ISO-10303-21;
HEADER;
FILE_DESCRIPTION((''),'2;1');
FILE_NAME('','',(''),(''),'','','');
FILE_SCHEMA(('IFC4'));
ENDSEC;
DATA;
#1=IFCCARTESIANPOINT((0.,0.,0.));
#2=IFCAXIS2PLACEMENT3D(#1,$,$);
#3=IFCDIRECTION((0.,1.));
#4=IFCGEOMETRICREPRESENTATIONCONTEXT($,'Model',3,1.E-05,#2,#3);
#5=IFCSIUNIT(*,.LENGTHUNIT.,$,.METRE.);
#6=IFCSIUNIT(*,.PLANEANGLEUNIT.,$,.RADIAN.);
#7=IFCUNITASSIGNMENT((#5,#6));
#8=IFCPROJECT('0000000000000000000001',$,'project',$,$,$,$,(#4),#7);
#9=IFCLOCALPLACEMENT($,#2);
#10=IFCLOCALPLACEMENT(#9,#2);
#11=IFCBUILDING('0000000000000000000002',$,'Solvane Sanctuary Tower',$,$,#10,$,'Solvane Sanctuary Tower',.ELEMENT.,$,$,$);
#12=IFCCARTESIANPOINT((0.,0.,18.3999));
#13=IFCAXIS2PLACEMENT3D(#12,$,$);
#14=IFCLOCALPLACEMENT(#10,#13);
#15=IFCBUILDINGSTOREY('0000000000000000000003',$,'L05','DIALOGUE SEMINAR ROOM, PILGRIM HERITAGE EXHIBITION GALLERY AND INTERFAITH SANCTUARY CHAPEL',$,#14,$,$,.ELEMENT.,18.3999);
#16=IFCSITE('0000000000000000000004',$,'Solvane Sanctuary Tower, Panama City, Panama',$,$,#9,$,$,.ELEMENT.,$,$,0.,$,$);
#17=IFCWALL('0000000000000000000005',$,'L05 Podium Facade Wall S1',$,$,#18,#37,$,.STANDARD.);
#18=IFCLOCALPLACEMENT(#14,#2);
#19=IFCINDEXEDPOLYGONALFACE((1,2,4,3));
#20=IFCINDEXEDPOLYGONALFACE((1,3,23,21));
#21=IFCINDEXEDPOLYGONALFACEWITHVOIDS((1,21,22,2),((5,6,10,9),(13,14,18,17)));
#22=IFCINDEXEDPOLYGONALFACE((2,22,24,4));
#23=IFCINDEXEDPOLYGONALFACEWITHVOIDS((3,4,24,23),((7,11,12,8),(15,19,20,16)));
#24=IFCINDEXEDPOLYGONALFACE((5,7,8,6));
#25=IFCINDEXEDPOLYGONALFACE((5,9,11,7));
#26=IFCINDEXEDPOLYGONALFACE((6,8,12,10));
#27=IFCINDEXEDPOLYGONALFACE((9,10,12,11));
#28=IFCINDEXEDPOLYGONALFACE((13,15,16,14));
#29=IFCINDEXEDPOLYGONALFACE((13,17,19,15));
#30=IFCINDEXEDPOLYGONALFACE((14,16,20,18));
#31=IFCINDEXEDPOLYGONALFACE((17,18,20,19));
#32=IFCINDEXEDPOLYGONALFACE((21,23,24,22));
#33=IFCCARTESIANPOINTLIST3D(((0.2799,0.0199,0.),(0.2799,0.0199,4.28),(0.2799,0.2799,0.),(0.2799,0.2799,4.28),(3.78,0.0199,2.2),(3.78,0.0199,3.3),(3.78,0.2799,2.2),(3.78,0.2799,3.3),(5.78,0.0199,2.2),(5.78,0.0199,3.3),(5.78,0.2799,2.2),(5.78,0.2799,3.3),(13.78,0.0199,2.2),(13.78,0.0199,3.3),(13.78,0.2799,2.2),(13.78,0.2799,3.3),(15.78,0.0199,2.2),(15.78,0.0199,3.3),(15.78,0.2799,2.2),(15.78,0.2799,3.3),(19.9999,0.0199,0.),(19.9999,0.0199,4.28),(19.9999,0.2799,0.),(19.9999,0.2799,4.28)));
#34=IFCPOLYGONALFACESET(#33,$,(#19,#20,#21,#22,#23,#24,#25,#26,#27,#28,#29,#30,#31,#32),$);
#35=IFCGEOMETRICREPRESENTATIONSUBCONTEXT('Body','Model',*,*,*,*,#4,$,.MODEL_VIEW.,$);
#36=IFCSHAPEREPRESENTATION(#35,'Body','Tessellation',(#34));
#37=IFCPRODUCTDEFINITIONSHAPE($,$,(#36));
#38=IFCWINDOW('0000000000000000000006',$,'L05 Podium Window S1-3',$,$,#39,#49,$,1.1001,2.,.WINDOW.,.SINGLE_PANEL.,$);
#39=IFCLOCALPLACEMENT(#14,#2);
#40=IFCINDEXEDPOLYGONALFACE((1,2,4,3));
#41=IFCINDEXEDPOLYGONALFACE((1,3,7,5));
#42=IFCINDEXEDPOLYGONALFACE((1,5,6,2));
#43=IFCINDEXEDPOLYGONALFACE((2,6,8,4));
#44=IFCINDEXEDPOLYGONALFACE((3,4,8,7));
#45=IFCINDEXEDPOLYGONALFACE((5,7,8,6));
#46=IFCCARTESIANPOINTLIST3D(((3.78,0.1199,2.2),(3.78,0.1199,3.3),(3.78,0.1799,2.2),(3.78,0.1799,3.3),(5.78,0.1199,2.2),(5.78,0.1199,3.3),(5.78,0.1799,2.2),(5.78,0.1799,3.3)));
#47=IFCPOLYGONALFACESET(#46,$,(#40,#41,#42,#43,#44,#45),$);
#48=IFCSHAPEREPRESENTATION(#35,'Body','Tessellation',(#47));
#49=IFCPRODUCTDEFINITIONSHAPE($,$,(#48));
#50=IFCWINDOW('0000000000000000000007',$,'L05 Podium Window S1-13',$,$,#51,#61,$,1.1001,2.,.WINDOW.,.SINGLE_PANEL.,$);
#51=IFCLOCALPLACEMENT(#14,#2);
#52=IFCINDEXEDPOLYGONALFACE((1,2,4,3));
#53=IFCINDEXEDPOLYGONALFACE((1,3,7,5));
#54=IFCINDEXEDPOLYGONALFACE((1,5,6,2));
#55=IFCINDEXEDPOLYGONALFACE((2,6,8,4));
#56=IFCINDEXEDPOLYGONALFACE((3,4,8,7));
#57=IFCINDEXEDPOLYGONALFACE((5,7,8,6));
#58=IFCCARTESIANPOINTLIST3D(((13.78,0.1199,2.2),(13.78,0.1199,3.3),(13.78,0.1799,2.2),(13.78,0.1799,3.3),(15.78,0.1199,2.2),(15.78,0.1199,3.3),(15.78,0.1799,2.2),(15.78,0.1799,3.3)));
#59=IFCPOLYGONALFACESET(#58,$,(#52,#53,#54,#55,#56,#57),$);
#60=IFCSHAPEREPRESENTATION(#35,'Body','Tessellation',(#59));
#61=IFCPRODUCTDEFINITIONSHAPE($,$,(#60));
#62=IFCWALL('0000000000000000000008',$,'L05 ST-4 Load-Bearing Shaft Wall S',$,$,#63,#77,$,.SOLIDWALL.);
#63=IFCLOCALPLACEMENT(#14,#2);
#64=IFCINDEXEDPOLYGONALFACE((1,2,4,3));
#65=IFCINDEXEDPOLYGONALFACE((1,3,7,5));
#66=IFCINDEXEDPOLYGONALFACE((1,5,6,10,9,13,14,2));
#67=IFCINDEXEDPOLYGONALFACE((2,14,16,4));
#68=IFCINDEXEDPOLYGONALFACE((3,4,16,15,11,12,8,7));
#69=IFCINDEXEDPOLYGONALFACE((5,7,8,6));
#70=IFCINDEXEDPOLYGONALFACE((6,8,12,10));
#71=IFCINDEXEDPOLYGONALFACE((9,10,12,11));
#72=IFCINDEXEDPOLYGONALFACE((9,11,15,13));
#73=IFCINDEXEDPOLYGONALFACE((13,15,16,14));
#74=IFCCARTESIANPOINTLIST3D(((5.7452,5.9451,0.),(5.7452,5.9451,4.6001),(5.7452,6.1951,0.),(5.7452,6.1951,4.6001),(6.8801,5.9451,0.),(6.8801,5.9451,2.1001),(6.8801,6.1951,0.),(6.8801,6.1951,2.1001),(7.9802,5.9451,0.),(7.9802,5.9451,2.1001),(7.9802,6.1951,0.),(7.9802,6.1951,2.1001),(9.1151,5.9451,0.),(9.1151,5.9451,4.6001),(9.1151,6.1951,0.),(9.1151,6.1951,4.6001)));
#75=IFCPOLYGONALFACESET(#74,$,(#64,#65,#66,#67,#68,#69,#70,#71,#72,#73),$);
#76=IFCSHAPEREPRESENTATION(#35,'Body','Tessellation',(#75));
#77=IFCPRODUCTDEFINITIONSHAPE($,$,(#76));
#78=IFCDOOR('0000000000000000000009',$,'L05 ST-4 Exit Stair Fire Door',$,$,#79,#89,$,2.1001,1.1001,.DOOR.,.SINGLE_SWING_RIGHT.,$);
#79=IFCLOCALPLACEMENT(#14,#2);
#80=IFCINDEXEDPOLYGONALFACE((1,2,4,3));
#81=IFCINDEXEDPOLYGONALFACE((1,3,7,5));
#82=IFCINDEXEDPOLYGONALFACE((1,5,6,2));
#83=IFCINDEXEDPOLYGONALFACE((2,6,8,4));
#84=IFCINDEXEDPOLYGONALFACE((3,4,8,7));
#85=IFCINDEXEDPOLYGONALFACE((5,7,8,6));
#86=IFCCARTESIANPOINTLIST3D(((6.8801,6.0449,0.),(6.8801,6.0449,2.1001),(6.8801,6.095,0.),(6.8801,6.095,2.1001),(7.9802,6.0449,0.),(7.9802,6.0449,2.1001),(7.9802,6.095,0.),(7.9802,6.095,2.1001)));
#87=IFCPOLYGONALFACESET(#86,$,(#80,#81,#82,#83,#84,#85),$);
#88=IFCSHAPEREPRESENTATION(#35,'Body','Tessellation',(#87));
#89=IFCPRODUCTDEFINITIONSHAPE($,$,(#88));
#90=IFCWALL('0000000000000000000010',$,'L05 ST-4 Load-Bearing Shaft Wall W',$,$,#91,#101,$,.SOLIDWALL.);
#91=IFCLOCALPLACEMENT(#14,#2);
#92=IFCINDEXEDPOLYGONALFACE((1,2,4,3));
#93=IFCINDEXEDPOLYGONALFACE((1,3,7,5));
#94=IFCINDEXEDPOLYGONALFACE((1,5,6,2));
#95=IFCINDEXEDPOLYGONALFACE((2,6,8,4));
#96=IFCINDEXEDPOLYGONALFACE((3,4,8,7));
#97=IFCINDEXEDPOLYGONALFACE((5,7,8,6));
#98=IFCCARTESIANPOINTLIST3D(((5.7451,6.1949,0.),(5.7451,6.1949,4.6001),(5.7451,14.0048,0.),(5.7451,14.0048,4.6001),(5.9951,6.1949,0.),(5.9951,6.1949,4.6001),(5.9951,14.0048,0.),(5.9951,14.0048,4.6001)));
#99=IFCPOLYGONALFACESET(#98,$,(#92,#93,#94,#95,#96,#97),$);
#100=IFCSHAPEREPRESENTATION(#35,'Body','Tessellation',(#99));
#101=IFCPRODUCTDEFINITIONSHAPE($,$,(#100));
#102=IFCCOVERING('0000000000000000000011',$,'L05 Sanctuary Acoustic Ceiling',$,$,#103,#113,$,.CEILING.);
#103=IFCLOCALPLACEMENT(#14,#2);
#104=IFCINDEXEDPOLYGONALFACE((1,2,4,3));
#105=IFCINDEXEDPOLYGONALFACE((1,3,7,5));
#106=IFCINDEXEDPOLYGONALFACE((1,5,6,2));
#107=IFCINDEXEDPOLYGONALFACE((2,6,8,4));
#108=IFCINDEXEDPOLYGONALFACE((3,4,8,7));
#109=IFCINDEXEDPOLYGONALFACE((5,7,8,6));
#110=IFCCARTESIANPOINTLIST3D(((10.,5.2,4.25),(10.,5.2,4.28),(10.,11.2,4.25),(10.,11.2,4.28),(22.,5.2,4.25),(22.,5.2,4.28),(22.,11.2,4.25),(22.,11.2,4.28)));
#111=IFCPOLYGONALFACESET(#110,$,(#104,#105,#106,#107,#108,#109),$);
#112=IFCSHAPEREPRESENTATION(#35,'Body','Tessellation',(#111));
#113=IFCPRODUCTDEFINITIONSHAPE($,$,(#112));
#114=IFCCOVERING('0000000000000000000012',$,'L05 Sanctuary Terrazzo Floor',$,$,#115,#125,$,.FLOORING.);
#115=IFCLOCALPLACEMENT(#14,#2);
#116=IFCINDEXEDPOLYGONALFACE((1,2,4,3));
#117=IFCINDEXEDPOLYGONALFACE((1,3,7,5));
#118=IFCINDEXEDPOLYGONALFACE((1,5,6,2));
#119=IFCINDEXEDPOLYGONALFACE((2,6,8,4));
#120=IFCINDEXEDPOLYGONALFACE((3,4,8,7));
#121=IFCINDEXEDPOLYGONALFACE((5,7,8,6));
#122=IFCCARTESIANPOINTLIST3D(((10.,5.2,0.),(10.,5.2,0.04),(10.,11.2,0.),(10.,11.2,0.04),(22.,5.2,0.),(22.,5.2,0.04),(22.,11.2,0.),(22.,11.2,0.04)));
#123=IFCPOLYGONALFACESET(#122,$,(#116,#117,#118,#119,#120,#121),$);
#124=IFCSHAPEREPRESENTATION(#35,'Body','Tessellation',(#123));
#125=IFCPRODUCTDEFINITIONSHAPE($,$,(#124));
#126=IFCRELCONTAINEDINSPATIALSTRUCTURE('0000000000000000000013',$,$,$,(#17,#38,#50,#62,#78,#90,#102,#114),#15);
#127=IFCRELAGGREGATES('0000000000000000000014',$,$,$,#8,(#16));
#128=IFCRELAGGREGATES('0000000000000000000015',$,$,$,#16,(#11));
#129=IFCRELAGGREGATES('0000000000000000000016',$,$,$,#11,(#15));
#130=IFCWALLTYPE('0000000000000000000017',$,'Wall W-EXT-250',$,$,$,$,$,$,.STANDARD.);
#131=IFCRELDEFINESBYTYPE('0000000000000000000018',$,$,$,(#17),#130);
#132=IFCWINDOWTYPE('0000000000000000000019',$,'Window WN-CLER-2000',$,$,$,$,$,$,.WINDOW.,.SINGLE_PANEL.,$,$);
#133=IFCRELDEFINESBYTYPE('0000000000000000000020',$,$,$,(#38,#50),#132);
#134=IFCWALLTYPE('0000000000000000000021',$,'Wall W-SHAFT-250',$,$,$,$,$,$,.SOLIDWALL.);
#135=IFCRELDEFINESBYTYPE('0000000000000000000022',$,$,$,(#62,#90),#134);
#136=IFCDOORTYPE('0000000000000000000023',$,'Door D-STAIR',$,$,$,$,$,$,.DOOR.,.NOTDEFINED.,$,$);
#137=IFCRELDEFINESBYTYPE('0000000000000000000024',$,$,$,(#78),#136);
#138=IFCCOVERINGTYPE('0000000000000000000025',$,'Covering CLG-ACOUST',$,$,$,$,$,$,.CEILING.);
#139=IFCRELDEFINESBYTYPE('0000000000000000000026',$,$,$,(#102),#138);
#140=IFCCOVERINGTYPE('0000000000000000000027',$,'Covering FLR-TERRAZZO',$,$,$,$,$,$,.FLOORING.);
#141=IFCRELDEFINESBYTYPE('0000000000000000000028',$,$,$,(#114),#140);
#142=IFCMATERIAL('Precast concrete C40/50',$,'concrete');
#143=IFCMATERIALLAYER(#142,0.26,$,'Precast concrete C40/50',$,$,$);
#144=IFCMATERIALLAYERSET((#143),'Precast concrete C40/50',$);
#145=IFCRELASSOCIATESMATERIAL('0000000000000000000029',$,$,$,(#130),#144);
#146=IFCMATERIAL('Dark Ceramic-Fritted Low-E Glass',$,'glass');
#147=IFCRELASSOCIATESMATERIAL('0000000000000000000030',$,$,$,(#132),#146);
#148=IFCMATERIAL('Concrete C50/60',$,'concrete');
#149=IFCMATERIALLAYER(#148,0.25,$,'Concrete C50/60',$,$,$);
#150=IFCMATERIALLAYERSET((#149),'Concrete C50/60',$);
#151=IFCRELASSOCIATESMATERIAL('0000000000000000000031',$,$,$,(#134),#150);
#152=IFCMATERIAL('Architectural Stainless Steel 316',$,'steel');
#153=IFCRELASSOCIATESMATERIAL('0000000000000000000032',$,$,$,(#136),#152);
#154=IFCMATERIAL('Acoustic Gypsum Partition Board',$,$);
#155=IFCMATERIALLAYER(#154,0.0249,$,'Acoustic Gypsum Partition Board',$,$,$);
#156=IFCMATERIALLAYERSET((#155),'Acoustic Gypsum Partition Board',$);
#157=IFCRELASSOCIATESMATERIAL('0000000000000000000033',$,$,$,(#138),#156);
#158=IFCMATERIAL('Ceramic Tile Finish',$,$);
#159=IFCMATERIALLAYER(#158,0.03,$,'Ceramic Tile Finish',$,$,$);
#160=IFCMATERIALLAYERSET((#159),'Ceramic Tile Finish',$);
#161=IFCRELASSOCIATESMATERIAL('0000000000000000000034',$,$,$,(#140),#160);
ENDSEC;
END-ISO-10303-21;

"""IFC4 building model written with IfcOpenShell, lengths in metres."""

from ifc_helpers import new_model, si_unit, direction, frame, frame_2d, origin, place, context, subcontext, project, spatial, polyline, rectangle, outline, extrude, material, layer, layer_set, type_object, element, fill, save


model = new_model("IFC4")

# Units and contexts
model_context = context("Model", 3, precision=1e-05, world=origin(), true_north=direction((0.0, 1.0)))
body_context = subcontext(model_context, "Body", "Model", "MODEL_VIEW")
ifc_project = project(units=[si_unit("LENGTHUNIT", "METRE"), si_unit("PLANEANGLEUNIT", "RADIAN")], contexts=[model_context])

# Site, building, storey
site_placement = place(None, origin())
site = spatial("IfcSite", under=ifc_project, at=site_placement, Name="Solvane Sanctuary Tower, Panama City, Panama", CompositionType="ELEMENT", RefElevation=0.0)
building_placement = place(site_placement, origin())
building = spatial("IfcBuilding", under=site, at=building_placement, Name="Solvane Sanctuary Tower", LongName="Solvane Sanctuary Tower", CompositionType="ELEMENT")
storey_placement = place(building_placement, frame((0.0, 0.0, 18.3999)))
storey = spatial("IfcBuildingStorey", under=building, at=storey_placement, Name="L05", Description="DIALOGUE SEMINAR ROOM, PILGRIM HERITAGE EXHIBITION GALLERY AND INTERFAITH SANCTUARY CHAPEL", CompositionType="ELEMENT", Elevation=18.3999)

# Shared definitions
ifc_material_1 = material(Name="Concrete C50/60", Category="concrete")

# Shared definitions
ifc_material_2 = material(Name="Acoustic Gypsum Partition Board")

# Wall, openings, windows
ifc_material_3 = material(Name="Precast concrete C40/50", Category="concrete")
ifc_layer_1 = layer(ifc_material_3, 0.26, Name="Precast concrete C40/50")
ifc_layer_set_1 = layer_set([ifc_layer_1], Name="Precast concrete C40/50")
wall_type_1 = type_object("IfcWallType", Name="Wall W-EXT-250", PredefinedType="STANDARD", material=ifc_layer_set_1)
wall_1_placement = place(storey_placement, frame((0.28, 0.1499, 0.0), z_axis=(0.0, 0.0, 1.0), x_axis=(1.0, 0.0, 0.0)))
wall_1 = element("IfcWall", 1, at=wall_1_placement, inside=storey, type_object=wall_type_1, Name="L05 Podium Facade Wall S1", PredefinedType="STANDARD", context=body_context, shape_type="SweptSolid", body=[
    extrude(rectangle(XDim=19.72, YDim=0.26, at=frame_2d((9.8599, 0.0))), origin(), (0.0, 0.0, 1.0), 4.28),
])
opening_1_placement = place(wall_1_placement, frame((3.5, 0.0, 2.2)))
opening_1 = element("IfcOpeningElement", 2, at=opening_1_placement, cuts=wall_1, PredefinedType="OPENING", context=body_context, shape_type="SweptSolid", body=[
    extrude(rectangle(XDim=2.0, YDim=1.1001, at=frame_2d((1.0, 0.55))), frame((0.0, 0.1399, 0.0), z_axis=(0.0, -1.0, 0.0), x_axis=(1.0, 0.0, 0.0)), (0.0, 0.0, 1.0), 0.28),
])
opening_2_placement = place(wall_1_placement, frame((13.5, 0.0, 2.2)))
opening_2 = element("IfcOpeningElement", 3, at=opening_2_placement, cuts=wall_1, PredefinedType="OPENING", context=body_context, shape_type="SweptSolid", body=[
    extrude(rectangle(XDim=2.0, YDim=1.1001, at=frame_2d((1.0, 0.55))), frame((0.0, 0.1399, 0.0), z_axis=(0.0, -1.0, 0.0), x_axis=(1.0, 0.0, 0.0)), (0.0, 0.0, 1.0), 0.28),
])
ifc_material_4 = material(Name="Dark Ceramic-Fritted Low-E Glass", Category="glass")
window_type = type_object("IfcWindowType", Name="Window WN-CLER-2000", PartitioningType="SINGLE_PANEL", PredefinedType="WINDOW", material=ifc_material_4)
window_1_placement = place(opening_1_placement, origin())
window_1 = element("IfcWindow", 4, at=window_1_placement, inside=storey, type_object=window_type, Name="L05 Podium Window S1-3", OverallHeight=1.1001, OverallWidth=2.0, PartitioningType="SINGLE_PANEL", PredefinedType="WINDOW", context=body_context, shape_type="SweptSolid", body=[
    extrude(rectangle(XDim=2.0, YDim=1.1001, at=frame_2d((1.0, 0.55))), frame((0.0, 0.03, 0.0), z_axis=(0.0, -1.0, 0.0), x_axis=(1.0, 0.0, 0.0)), (0.0, 0.0, 1.0), 0.0601),
])
fill(opening_1, window_1)
window_2_placement = place(opening_2_placement, origin())
window_2 = element("IfcWindow", 5, at=window_2_placement, inside=storey, type_object=window_type, Name="L05 Podium Window S1-13", OverallHeight=1.1001, OverallWidth=2.0, PartitioningType="SINGLE_PANEL", PredefinedType="WINDOW", context=body_context, shape_type="SweptSolid", body=[
    extrude(rectangle(XDim=2.0, YDim=1.1001, at=frame_2d((1.0, 0.55))), frame((0.0, 0.03, 0.0), z_axis=(0.0, -1.0, 0.0), x_axis=(1.0, 0.0, 0.0)), (0.0, 0.0, 1.0), 0.0601),
])
fill(opening_2, window_2)

# Wall, opening, door
ifc_layer_2 = layer(ifc_material_1, 0.25, Name="Concrete C50/60")
ifc_layer_set_2 = layer_set([ifc_layer_2], Name="Concrete C50/60")
wall_type_2 = type_object("IfcWallType", Name="Wall W-SHAFT-250", PredefinedType="SOLIDWALL", material=ifc_layer_set_2)
wall_2_placement = place(storey_placement, frame((5.7451, 6.0701, 0.0), z_axis=(0.0, 0.0, 1.0), x_axis=(1.0, 0.0, 0.0)))
wall_2 = element("IfcWall", 6, at=wall_2_placement, inside=storey, type_object=wall_type_2, Name="L05 ST-4 Load-Bearing Shaft Wall S", PredefinedType="SOLIDWALL", context=body_context, shape_type="SweptSolid", body=[
    extrude(rectangle(XDim=3.3699, YDim=0.25, at=frame_2d((1.6851, 0.0))), origin(), (0.0, 0.0, 1.0), 4.6001),
])
opening_3_placement = place(wall_2_placement, frame((1.135, 0.0, 0.0)))
opening_3 = element("IfcOpeningElement", 7, at=opening_3_placement, cuts=wall_2, PredefinedType="OPENING", context=body_context, shape_type="SweptSolid", body=[
    extrude(rectangle(XDim=1.1001, YDim=2.1001, at=frame_2d((0.55, 1.05))), frame((0.0, 0.135, 0.0), z_axis=(0.0, -1.0, 0.0), x_axis=(1.0, 0.0, 0.0)), (0.0, 0.0, 1.0), 0.27),
])
ifc_material_5 = material(Name="Architectural Stainless Steel 316", Category="steel")
door_type = type_object("IfcDoorType", Name="Door D-STAIR", OperationType="NOTDEFINED", PredefinedType="DOOR", material=ifc_material_5)
door_placement = place(opening_3_placement, origin())
door = element("IfcDoor", 8, at=door_placement, inside=storey, type_object=door_type, Name="L05 ST-4 Exit Stair Fire Door", OperationType="SINGLE_SWING_RIGHT", OverallHeight=2.1001, OverallWidth=1.1001, PredefinedType="DOOR", context=body_context, shape_type="SweptSolid", body=[
    extrude(rectangle(XDim=1.1001, YDim=2.1001, at=frame_2d((0.55, 1.05))), frame((0.0, 0.0249, 0.0), z_axis=(0.0, -1.0, 0.0), x_axis=(1.0, 0.0, 0.0)), (0.0, 0.0, 1.0), 0.05),
])
fill(opening_3, door)

# Wall
wall_3_placement = place(storey_placement, frame((5.8701, 6.1951, 0.0), z_axis=(0.0, 0.0, 1.0), x_axis=(0.0, 1.0, 0.0)))
element("IfcWall", 9, at=wall_3_placement, inside=storey, type_object=wall_type_2, Name="L05 ST-4 Load-Bearing Shaft Wall W", PredefinedType="SOLIDWALL", context=body_context, shape_type="SweptSolid", body=[
    extrude(rectangle(XDim=7.8098, YDim=0.25, at=frame_2d((3.9048, 0.0))), origin(), (0.0, 0.0, 1.0), 4.6001),
])

# Coverings
ifc_layer_3 = layer(ifc_material_2, 0.0249, Name="Acoustic Gypsum Partition Board")
ifc_layer_set_3 = layer_set([ifc_layer_3], Name="Acoustic Gypsum Partition Board")
covering_type_1 = type_object("IfcCoveringType", Name="Covering CLG-ACOUST", PredefinedType="CEILING", material=ifc_layer_set_3)
covering_1_placement = place(storey_placement, frame((0.0, 0.0, 4.25)))
element("IfcCovering", 10, at=covering_1_placement, inside=storey, type_object=covering_type_1, Name="L05 Sanctuary Acoustic Ceiling", PredefinedType="CEILING", context=body_context, shape_type="SweptSolid", body=[
    extrude(outline(polyline([(10.0, 5.2), (22.0, 5.2), (22.0, 11.2), (10.0, 11.2), (10.0, 5.2)])), origin(), (0.0, 0.0, 1.0), 0.03),
])
ifc_material_6 = material(Name="Ceramic Tile Finish")
ifc_layer_4 = layer(ifc_material_6, 0.03, Name="Ceramic Tile Finish")
ifc_layer_set_4 = layer_set([ifc_layer_4], Name="Ceramic Tile Finish")
covering_type_2 = type_object("IfcCoveringType", Name="Covering FLR-TERRAZZO", PredefinedType="FLOORING", material=ifc_layer_set_4)
covering_2_placement = place(storey_placement, origin())
element("IfcCovering", 11, at=covering_2_placement, inside=storey, type_object=covering_type_2, Name="L05 Sanctuary Terrazzo Floor", PredefinedType="FLOORING", context=body_context, shape_type="SweptSolid", body=[
    extrude(outline(polyline([(10.0, 5.2), (22.0, 5.2), (22.0, 11.2), (10.0, 11.2), (10.0, 5.2)])), origin(), (0.0, 0.0, 1.0), 0.04),
])

save(model, "model.ifc")
